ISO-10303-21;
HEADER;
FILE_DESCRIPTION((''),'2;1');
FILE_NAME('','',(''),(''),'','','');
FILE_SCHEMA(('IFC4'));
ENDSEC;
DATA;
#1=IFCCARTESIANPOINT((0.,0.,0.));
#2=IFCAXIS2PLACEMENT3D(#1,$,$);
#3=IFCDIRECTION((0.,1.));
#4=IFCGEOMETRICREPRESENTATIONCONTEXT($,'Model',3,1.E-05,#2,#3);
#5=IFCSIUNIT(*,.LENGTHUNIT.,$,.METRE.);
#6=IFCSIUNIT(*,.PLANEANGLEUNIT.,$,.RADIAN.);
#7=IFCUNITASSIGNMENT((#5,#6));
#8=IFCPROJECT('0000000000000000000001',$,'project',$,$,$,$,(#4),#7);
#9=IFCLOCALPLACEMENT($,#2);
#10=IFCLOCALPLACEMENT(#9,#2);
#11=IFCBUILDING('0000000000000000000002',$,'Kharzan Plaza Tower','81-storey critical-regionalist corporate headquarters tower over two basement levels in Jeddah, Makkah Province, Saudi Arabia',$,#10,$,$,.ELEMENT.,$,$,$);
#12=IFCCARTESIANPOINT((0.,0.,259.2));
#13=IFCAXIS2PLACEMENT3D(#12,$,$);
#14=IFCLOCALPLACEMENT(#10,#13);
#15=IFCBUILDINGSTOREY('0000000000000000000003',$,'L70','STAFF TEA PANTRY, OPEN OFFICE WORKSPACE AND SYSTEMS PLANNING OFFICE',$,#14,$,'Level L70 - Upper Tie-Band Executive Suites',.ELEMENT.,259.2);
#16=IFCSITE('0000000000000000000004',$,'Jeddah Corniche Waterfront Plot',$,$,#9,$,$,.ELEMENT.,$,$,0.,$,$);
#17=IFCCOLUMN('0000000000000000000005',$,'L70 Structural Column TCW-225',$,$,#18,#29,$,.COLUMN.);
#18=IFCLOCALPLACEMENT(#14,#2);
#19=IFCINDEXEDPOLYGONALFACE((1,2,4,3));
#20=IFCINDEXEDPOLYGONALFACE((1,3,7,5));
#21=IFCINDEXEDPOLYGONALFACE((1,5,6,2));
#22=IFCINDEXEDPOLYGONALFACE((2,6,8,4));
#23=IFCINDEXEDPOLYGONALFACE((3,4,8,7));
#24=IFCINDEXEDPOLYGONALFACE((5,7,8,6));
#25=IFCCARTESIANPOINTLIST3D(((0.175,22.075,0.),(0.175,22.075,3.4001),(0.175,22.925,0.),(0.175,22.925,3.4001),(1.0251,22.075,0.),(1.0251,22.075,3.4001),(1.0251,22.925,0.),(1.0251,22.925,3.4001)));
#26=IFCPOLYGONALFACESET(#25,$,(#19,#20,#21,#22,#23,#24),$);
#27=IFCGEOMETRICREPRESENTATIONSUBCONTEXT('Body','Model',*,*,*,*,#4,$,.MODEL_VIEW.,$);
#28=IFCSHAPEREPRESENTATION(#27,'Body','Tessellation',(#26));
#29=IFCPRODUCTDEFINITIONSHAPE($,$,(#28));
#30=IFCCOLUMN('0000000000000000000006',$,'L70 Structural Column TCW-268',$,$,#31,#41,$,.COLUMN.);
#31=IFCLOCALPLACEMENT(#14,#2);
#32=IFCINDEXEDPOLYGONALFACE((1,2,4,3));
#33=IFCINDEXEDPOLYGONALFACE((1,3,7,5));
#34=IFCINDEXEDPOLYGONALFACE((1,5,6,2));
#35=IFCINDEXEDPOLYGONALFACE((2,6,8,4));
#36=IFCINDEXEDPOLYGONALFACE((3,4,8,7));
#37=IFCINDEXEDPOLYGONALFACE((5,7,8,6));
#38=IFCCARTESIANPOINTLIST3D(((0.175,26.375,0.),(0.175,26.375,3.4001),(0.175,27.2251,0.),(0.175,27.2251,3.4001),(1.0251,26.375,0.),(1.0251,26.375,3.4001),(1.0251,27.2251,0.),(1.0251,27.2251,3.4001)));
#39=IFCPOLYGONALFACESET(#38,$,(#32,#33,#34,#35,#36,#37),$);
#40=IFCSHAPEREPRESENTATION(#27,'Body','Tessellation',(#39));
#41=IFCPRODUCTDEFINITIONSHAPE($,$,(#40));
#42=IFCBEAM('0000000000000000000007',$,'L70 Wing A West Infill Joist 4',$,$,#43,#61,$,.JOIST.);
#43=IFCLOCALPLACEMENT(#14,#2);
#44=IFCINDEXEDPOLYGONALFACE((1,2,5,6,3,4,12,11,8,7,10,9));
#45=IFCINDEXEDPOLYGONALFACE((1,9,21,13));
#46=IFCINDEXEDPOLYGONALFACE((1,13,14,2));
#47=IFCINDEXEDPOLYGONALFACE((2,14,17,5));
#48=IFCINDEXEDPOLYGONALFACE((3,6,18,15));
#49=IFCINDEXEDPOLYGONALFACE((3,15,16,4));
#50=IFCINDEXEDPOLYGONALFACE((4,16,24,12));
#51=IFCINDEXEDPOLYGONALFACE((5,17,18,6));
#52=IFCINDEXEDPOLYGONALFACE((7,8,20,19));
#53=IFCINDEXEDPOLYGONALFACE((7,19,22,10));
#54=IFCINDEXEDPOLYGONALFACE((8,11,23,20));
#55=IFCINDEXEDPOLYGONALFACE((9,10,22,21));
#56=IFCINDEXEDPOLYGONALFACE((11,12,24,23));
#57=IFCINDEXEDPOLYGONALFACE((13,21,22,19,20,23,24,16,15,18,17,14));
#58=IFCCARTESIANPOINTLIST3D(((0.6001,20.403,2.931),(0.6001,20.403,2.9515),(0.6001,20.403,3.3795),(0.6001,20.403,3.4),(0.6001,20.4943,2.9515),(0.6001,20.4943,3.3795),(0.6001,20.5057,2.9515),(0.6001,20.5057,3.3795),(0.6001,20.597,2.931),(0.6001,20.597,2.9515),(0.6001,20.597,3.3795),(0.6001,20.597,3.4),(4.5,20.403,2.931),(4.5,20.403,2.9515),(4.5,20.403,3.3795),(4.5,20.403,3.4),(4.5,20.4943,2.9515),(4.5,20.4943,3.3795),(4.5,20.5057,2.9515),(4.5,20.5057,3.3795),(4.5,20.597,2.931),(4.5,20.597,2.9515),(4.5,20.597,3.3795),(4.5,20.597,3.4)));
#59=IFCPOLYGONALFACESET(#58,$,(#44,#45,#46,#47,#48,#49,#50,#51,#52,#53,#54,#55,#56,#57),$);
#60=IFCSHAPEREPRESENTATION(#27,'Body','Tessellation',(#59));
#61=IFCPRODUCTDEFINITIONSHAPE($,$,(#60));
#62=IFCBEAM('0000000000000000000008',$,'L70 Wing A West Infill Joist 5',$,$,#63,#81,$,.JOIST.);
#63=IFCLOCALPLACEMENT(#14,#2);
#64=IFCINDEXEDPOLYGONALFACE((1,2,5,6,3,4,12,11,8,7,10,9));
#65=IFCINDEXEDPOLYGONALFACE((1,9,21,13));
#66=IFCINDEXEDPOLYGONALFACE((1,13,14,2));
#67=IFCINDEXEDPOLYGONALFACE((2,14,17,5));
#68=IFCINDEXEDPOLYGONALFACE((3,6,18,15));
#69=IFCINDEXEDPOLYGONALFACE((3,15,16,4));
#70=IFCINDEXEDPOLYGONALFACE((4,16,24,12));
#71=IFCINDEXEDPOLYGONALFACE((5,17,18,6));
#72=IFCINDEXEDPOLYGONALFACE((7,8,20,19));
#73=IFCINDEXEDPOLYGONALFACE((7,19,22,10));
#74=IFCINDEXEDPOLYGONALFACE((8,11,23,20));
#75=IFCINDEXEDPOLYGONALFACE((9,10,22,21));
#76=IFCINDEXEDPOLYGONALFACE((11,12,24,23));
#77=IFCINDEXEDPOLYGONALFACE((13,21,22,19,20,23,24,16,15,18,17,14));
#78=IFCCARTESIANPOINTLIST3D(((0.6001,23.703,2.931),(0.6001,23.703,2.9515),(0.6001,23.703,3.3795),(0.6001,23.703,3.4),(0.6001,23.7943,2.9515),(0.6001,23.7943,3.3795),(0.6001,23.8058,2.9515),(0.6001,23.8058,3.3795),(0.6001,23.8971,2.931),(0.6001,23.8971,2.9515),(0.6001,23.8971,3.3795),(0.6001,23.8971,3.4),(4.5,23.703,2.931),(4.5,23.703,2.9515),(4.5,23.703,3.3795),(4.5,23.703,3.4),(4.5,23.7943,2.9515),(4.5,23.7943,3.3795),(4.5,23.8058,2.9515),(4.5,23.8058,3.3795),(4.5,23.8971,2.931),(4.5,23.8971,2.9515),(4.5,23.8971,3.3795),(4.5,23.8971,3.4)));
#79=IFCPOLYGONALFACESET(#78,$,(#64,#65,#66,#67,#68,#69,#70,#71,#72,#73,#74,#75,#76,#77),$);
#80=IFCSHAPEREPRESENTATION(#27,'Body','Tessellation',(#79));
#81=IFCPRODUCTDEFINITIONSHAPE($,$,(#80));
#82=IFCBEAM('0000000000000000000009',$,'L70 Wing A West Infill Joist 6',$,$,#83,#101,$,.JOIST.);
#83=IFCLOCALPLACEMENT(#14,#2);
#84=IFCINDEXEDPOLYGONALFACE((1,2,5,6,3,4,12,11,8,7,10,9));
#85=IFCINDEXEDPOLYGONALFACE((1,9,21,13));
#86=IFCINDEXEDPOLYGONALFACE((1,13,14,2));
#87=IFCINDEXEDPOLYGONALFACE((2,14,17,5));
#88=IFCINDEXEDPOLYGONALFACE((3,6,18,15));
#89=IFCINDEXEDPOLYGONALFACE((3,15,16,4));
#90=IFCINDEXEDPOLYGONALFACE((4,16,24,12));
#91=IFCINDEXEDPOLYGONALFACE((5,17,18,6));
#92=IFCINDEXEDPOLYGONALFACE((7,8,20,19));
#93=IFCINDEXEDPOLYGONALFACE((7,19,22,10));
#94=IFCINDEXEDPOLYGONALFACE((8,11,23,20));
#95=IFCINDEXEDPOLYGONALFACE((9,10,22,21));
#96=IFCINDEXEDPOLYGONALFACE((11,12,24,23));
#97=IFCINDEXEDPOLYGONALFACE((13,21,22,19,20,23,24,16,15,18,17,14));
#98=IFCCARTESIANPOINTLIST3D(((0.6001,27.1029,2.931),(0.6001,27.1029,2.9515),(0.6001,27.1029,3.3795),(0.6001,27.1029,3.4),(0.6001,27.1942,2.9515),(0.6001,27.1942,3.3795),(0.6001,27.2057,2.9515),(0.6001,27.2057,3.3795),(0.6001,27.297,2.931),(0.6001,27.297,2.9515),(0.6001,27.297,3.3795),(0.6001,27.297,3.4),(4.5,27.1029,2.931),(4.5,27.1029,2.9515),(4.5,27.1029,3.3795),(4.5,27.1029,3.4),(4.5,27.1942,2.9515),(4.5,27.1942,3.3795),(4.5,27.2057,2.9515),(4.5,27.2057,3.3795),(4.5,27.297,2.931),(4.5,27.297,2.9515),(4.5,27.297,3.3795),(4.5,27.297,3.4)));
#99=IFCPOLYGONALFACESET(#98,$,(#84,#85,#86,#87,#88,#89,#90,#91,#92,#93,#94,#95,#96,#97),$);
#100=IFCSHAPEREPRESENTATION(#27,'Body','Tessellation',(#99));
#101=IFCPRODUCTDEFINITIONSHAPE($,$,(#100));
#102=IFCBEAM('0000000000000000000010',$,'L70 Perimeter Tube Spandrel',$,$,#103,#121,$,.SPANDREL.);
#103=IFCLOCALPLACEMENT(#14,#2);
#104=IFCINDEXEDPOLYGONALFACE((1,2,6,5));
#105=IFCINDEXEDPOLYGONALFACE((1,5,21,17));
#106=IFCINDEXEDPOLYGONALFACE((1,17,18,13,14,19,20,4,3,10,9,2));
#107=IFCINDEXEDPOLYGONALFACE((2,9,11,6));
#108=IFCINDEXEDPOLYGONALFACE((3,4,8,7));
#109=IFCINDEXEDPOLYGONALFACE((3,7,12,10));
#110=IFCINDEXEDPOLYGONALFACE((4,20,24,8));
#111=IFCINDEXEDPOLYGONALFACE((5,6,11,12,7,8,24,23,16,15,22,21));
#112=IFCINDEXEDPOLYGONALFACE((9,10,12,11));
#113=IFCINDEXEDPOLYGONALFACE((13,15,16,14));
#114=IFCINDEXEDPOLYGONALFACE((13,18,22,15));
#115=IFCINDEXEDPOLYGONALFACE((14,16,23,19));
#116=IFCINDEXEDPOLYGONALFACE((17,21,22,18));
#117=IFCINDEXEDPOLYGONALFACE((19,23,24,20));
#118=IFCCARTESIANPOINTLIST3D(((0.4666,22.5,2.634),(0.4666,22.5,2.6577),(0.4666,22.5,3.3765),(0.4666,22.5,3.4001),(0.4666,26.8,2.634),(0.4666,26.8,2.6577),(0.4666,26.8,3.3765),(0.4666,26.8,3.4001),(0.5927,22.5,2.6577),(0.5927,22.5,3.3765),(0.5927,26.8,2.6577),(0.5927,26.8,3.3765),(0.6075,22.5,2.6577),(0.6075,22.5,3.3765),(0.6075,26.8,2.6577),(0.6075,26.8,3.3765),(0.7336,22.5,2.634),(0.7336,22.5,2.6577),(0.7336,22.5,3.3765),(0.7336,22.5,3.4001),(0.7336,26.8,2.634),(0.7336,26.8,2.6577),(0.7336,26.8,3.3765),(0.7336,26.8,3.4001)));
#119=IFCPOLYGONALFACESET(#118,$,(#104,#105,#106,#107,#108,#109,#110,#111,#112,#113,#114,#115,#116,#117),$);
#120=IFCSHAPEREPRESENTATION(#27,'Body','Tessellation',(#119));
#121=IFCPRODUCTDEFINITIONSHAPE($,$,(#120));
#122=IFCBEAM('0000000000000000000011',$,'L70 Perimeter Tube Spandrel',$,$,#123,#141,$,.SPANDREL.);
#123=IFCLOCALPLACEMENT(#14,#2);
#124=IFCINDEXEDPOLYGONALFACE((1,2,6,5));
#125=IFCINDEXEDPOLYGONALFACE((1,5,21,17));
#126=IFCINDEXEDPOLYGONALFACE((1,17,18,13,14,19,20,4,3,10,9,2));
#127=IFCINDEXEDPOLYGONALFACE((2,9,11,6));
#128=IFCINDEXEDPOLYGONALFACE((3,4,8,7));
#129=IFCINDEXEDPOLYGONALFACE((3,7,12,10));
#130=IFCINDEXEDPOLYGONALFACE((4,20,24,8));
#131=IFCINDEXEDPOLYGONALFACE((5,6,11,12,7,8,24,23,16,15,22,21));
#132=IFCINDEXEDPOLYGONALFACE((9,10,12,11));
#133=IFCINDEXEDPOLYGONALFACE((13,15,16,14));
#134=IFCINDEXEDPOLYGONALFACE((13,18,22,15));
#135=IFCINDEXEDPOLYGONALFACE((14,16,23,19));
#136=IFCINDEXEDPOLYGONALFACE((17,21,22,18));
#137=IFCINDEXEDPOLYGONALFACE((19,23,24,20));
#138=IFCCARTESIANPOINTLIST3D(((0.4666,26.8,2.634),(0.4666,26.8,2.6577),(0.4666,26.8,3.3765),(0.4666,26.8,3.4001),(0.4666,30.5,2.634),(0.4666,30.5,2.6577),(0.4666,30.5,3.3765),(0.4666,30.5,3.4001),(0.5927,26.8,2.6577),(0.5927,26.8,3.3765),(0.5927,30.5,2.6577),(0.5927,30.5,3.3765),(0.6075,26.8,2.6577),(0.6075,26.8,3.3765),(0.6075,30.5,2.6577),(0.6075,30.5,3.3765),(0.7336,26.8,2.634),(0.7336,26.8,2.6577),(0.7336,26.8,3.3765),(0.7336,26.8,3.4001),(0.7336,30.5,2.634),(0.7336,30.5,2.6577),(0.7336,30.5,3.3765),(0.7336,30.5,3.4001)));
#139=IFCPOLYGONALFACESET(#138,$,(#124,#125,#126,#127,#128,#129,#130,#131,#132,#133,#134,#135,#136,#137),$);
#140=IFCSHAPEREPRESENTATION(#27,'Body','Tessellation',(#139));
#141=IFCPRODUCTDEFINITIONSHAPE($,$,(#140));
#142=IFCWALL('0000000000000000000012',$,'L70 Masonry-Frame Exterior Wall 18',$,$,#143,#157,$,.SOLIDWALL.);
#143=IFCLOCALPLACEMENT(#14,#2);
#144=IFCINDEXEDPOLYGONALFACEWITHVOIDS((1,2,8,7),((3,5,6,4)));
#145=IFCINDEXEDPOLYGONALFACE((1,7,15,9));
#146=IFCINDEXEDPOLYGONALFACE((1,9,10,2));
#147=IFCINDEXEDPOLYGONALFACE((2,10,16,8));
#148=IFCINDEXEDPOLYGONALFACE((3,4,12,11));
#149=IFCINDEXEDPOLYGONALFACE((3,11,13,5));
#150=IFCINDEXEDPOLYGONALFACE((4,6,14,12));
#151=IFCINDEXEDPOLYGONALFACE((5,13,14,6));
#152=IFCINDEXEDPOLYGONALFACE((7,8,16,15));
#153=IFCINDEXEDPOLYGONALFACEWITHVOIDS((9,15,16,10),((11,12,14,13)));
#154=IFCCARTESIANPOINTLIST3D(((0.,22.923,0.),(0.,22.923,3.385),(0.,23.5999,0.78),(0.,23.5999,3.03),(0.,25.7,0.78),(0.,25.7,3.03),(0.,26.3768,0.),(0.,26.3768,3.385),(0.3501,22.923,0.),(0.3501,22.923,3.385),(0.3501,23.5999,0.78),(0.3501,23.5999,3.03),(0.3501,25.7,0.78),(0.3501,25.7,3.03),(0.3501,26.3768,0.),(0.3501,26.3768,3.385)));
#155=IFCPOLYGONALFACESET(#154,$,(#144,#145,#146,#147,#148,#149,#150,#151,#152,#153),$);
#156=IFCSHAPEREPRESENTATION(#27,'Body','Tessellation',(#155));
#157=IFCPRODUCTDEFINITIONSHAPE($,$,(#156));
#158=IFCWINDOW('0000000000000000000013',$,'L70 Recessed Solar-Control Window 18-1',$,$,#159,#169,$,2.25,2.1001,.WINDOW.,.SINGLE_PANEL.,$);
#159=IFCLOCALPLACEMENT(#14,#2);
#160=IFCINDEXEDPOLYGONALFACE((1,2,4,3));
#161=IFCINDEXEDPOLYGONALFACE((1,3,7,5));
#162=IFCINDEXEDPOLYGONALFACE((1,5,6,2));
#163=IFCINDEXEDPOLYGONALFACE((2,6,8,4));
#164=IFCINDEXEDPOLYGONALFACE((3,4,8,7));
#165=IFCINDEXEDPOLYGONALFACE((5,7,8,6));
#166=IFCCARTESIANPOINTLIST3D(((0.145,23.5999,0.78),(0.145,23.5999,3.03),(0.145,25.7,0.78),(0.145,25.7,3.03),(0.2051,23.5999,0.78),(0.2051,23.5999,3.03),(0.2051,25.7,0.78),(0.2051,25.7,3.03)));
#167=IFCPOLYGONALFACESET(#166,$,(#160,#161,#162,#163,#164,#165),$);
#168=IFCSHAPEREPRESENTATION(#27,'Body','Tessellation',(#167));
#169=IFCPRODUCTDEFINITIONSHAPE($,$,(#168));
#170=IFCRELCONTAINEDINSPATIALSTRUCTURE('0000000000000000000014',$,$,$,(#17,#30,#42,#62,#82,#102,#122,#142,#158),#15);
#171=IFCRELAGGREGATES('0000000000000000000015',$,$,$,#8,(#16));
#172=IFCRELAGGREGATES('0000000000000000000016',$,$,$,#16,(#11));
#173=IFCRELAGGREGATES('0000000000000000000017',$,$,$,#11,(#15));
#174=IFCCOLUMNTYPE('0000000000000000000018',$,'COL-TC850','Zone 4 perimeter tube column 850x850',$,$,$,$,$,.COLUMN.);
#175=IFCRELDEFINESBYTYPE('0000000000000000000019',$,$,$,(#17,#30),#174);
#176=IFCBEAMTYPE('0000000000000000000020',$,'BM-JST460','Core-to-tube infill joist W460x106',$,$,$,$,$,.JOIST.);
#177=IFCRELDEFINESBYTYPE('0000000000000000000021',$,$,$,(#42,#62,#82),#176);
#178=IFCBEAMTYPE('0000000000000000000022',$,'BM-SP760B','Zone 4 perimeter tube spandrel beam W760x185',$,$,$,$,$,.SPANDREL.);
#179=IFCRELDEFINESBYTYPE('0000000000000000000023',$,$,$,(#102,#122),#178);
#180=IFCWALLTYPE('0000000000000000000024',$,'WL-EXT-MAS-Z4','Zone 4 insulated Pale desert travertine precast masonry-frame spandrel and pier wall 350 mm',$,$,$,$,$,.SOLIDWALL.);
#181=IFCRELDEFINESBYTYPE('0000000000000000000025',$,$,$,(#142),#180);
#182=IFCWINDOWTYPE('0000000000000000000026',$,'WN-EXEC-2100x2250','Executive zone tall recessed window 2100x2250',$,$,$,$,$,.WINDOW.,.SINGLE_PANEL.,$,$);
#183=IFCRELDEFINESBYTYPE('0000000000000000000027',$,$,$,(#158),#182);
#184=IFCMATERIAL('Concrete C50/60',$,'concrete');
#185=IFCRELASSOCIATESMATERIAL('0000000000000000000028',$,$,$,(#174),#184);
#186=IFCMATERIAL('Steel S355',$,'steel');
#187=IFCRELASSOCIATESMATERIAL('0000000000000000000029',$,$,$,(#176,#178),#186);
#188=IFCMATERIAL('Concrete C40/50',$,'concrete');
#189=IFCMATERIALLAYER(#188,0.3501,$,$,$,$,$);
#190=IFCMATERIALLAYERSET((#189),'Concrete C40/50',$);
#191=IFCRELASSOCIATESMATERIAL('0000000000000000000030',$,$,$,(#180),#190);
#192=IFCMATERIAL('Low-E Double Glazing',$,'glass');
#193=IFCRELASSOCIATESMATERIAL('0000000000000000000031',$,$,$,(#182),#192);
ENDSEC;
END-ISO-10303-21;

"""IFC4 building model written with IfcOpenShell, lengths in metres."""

from ifc_helpers import new_model, si_unit, direction, frame, frame_2d, origin, origin_2d, place, context, subcontext, project, spatial, rectangle, i_section, extrude, source, transform, mapped, material, layer, layer_set, material_profile, profile_set, type_object, element, fill, save


model = new_model("IFC4")

# Units and contexts
model_context = context("Model", 3, precision=1e-05, world=origin(), true_north=direction((0.0, 1.0)))
body_context = subcontext(model_context, "Body", "Model", "MODEL_VIEW")
ifc_project = project(units=[si_unit("LENGTHUNIT", "METRE"), si_unit("PLANEANGLEUNIT", "RADIAN")], contexts=[model_context])

# Site, building, storey
site_placement = place(None, origin())
site = spatial("IfcSite", under=ifc_project, at=site_placement, Name="Jeddah Corniche Waterfront Plot", CompositionType="ELEMENT", RefElevation=0.0)
building_placement = place(site_placement, origin())
building = spatial("IfcBuilding", under=site, at=building_placement, Name="Kharzan Plaza Tower", Description="81-storey critical-regionalist corporate headquarters tower over two basement levels in Jeddah, Makkah Province, Saudi Arabia", CompositionType="ELEMENT")
storey_placement = place(building_placement, frame((0.0, 0.0, 259.2)))
storey = spatial("IfcBuildingStorey", under=building, at=storey_placement, Name="L70", Description="STAFF TEA PANTRY, OPEN OFFICE WORKSPACE AND SYSTEMS PLANNING OFFICE", LongName="Level L70 - Upper Tie-Band Executive Suites", CompositionType="ELEMENT", Elevation=259.2)

# Columns
ifc_material_1 = material(Name="Concrete C50/60", Category="concrete")
ifc_material_profile_1 = material_profile(ifc_material_1, rectangle(XDim=0.8501, YDim=0.8501, at=origin_2d()), Name="RC-TC850x850")
ifc_profile_set_1 = profile_set([ifc_material_profile_1], Name="Concrete C50/60")
column_type = type_object("IfcColumnType", Name="COL-TC850", Description="Zone 4 perimeter tube column 850x850", PredefinedType="COLUMN", material=ifc_profile_set_1)
shared_shape_1 = source(origin(), body_context, "Body", "SweptSolid", [
    extrude(rectangle(XDim=0.8501, YDim=0.8501, at=origin_2d()), origin(), (0.0, 0.0, 1.0), 3.4001),
])
for number, where, z_axis, x_axis, name in (
    (1, (0.6001, 22.5, 0.0), (0.0, 0.0, 1.0), (1.0, 0.0, 0.0), "L70 Structural Column TCW-225"),
    (2, (0.6001, 26.8, 0.0), (0.0, 0.0, 1.0), (1.0, 0.0, 0.0), "L70 Structural Column TCW-268"),
):
    element("IfcColumn", number, at=place(storey_placement, frame(where, z_axis=z_axis, x_axis=x_axis)), inside=storey, type_object=column_type, Name=name, PredefinedType="COLUMN", context=body_context, shape_type="MappedRepresentation", body=[
        mapped(shared_shape_1, transform((0.0, 0.0, 0.0), x_axis=(1.0, 0.0, 0.0), y_axis=(0.0, 1.0, 0.0), z_axis=(0.0, 0.0, 1.0))),
    ])

# Beams
ifc_material_2 = material(Name="Steel S355", Category="steel")
ifc_material_profile_2 = material_profile(ifc_material_2, i_section(OverallWidth=0.1941, OverallDepth=0.469, WebThickness=0.0115, FlangeThickness=0.0205, at=origin_2d()), Name="W460x106")
ifc_profile_set_2 = profile_set([ifc_material_profile_2], Name="Steel S355")
beam_type_1 = type_object("IfcBeamType", Name="BM-JST460", Description="Core-to-tube infill joist W460x106", PredefinedType="JOIST", material=ifc_profile_set_2)
shared_shape_2 = source(origin(), body_context, "Body", "SweptSolid", [
    extrude(i_section(OverallWidth=0.1941, OverallDepth=0.469, WebThickness=0.0115, FlangeThickness=0.0205, at=origin_2d()), origin(), (0.0, 0.0, 1.0), 3.8999),
])
for number, where, z_axis, x_axis, name in (
    (3, (0.6001, 20.5, 3.1655), (1.0, 0.0, 0.0), (0.0, 1.0, 0.0), "L70 Wing A West Infill Joist 4"),
    (4, (0.6001, 23.8, 3.1655), (1.0, 0.0, 0.0), (0.0, 1.0, 0.0), "L70 Wing A West Infill Joist 5"),
    (5, (0.6001, 27.2, 3.1655), (1.0, 0.0, 0.0), (0.0, 1.0, 0.0), "L70 Wing A West Infill Joist 6"),
):
    element("IfcBeam", number, at=place(storey_placement, frame(where, z_axis=z_axis, x_axis=x_axis)), inside=storey, type_object=beam_type_1, Name=name, PredefinedType="JOIST", context=body_context, shape_type="MappedRepresentation", body=[
        mapped(shared_shape_2, transform((0.0, 0.0, 0.0), x_axis=(1.0, 0.0, 0.0), y_axis=(0.0, 1.0, 0.0), z_axis=(0.0, 0.0, 1.0))),
    ])
ifc_material_profile_3 = material_profile(ifc_material_2, i_section(OverallWidth=0.2671, OverallDepth=0.7661, WebThickness=0.0149, FlangeThickness=0.0237, at=origin_2d()), Name="W760x185")
ifc_profile_set_3 = profile_set([ifc_material_profile_3], Name="Steel S355")
beam_type_2 = type_object("IfcBeamType", Name="BM-SP760B", Description="Zone 4 perimeter tube spandrel beam W760x185", PredefinedType="SPANDREL", material=ifc_profile_set_3)
shared_shape_3 = source(origin(), body_context, "Body", "SweptSolid", [
    extrude(i_section(OverallWidth=0.2671, OverallDepth=0.7661, WebThickness=0.0149, FlangeThickness=0.0237, at=origin_2d()), origin(), (0.0, 0.0, 1.0), 4.3),
])
beam_1_placement = place(storey_placement, frame((0.6001, 22.5, 3.0171), z_axis=(0.0, 1.0, 0.0), x_axis=(-1.0, 0.0, 0.0)))
element("IfcBeam", 6, at=beam_1_placement, inside=storey, type_object=beam_type_2, Name="L70 Perimeter Tube Spandrel", PredefinedType="SPANDREL", context=body_context, shape_type="MappedRepresentation", body=[
    mapped(shared_shape_3, transform((0.0, 0.0, 0.0), x_axis=(1.0, 0.0, 0.0), y_axis=(0.0, 1.0, 0.0), z_axis=(0.0, 0.0, 1.0))),
])
shared_shape_4 = source(origin(), body_context, "Body", "SweptSolid", [
    extrude(i_section(OverallWidth=0.2671, OverallDepth=0.7661, WebThickness=0.0149, FlangeThickness=0.0237, at=origin_2d()), origin(), (0.0, 0.0, 1.0), 3.7),
])
beam_2_placement = place(storey_placement, frame((0.6001, 26.8, 3.0171), z_axis=(0.0, 1.0, 0.0), x_axis=(-1.0, 0.0, 0.0)))
element("IfcBeam", 7, at=beam_2_placement, inside=storey, type_object=beam_type_2, Name="L70 Perimeter Tube Spandrel", PredefinedType="SPANDREL", context=body_context, shape_type="MappedRepresentation", body=[
    mapped(shared_shape_4, transform((0.0, 0.0, 0.0), x_axis=(1.0, 0.0, 0.0), y_axis=(0.0, 1.0, 0.0), z_axis=(0.0, 0.0, 1.0))),
])

# Wall, opening, window
ifc_material_3 = material(Name="Concrete C40/50", Category="concrete")
ifc_layer_1 = layer(ifc_material_3, 0.3501)
ifc_layer_set_1 = layer_set([ifc_layer_1], Name="Concrete C40/50")
wall_type_1 = type_object("IfcWallType", Name="WL-EXT-MAS-Z4", Description="Zone 4 insulated Pale desert travertine precast masonry-frame spandrel and pier wall 350 mm", PredefinedType="SOLIDWALL", material=ifc_layer_set_1)
wall_1_placement = place(storey_placement, frame((0.175, 26.377, 0.0), z_axis=(0.0, 0.0, 1.0), x_axis=(0.0, -1.0, 0.0)))
wall_1 = element("IfcWall", 8, at=wall_1_placement, inside=storey, type_object=wall_type_1, Name="L70 Masonry-Frame Exterior Wall 18", PredefinedType="SOLIDWALL", context=body_context, shape_type="SweptSolid", body=[
    extrude(rectangle(XDim=3.4539, YDim=0.3501, at=frame_2d((1.7271, 0.0))), origin(), (0.0, 0.0, 1.0), 3.385),
])
opening_1_placement = place(wall_1_placement, frame((0.677, 0.0, 0.78)))
opening_1 = element("IfcOpeningElement", 9, at=opening_1_placement, cuts=wall_1, PredefinedType="OPENING", context=body_context, shape_type="SweptSolid", body=[
    extrude(rectangle(XDim=2.1001, YDim=2.25, at=frame_2d((1.05, 1.125))), frame((0.0, 0.1851, 0.0), z_axis=(0.0, -1.0, 0.0), x_axis=(1.0, 0.0, 0.0)), (0.0, 0.0, 1.0), 0.3701),
])
ifc_material_4 = material(Name="Low-E Double Glazing", Category="glass")
window_type = type_object("IfcWindowType", Name="WN-EXEC-2100x2250", Description="Executive zone tall recessed window 2100x2250", PartitioningType="SINGLE_PANEL", PredefinedType="WINDOW", material=ifc_material_4)
shared_shape_5 = source(origin(), body_context, "Body", "SweptSolid", [
    extrude(rectangle(XDim=2.1001, YDim=2.25, at=frame_2d((1.05, 1.125))), frame((0.0, 0.03, 0.0), z_axis=(0.0, -1.0, 0.0), x_axis=(1.0, 0.0, 0.0)), (0.0, 0.0, 1.0), 0.0601),
])
window_1_placement = place(opening_1_placement, origin())
window_1 = element("IfcWindow", 10, at=window_1_placement, inside=storey, type_object=window_type, Name="L70 Recessed Solar-Control Window 18-1", OverallHeight=2.25, OverallWidth=2.1001, PartitioningType="SINGLE_PANEL", PredefinedType="WINDOW", context=body_context, shape_type="MappedRepresentation", body=[
    mapped(shared_shape_5, transform((0.0, 0.0, 0.0), x_axis=(1.0, 0.0, 0.0), y_axis=(0.0, 1.0, 0.0), z_axis=(0.0, 0.0, 1.0))),
])
fill(opening_1, window_1)

save(model, "model.ifc")
